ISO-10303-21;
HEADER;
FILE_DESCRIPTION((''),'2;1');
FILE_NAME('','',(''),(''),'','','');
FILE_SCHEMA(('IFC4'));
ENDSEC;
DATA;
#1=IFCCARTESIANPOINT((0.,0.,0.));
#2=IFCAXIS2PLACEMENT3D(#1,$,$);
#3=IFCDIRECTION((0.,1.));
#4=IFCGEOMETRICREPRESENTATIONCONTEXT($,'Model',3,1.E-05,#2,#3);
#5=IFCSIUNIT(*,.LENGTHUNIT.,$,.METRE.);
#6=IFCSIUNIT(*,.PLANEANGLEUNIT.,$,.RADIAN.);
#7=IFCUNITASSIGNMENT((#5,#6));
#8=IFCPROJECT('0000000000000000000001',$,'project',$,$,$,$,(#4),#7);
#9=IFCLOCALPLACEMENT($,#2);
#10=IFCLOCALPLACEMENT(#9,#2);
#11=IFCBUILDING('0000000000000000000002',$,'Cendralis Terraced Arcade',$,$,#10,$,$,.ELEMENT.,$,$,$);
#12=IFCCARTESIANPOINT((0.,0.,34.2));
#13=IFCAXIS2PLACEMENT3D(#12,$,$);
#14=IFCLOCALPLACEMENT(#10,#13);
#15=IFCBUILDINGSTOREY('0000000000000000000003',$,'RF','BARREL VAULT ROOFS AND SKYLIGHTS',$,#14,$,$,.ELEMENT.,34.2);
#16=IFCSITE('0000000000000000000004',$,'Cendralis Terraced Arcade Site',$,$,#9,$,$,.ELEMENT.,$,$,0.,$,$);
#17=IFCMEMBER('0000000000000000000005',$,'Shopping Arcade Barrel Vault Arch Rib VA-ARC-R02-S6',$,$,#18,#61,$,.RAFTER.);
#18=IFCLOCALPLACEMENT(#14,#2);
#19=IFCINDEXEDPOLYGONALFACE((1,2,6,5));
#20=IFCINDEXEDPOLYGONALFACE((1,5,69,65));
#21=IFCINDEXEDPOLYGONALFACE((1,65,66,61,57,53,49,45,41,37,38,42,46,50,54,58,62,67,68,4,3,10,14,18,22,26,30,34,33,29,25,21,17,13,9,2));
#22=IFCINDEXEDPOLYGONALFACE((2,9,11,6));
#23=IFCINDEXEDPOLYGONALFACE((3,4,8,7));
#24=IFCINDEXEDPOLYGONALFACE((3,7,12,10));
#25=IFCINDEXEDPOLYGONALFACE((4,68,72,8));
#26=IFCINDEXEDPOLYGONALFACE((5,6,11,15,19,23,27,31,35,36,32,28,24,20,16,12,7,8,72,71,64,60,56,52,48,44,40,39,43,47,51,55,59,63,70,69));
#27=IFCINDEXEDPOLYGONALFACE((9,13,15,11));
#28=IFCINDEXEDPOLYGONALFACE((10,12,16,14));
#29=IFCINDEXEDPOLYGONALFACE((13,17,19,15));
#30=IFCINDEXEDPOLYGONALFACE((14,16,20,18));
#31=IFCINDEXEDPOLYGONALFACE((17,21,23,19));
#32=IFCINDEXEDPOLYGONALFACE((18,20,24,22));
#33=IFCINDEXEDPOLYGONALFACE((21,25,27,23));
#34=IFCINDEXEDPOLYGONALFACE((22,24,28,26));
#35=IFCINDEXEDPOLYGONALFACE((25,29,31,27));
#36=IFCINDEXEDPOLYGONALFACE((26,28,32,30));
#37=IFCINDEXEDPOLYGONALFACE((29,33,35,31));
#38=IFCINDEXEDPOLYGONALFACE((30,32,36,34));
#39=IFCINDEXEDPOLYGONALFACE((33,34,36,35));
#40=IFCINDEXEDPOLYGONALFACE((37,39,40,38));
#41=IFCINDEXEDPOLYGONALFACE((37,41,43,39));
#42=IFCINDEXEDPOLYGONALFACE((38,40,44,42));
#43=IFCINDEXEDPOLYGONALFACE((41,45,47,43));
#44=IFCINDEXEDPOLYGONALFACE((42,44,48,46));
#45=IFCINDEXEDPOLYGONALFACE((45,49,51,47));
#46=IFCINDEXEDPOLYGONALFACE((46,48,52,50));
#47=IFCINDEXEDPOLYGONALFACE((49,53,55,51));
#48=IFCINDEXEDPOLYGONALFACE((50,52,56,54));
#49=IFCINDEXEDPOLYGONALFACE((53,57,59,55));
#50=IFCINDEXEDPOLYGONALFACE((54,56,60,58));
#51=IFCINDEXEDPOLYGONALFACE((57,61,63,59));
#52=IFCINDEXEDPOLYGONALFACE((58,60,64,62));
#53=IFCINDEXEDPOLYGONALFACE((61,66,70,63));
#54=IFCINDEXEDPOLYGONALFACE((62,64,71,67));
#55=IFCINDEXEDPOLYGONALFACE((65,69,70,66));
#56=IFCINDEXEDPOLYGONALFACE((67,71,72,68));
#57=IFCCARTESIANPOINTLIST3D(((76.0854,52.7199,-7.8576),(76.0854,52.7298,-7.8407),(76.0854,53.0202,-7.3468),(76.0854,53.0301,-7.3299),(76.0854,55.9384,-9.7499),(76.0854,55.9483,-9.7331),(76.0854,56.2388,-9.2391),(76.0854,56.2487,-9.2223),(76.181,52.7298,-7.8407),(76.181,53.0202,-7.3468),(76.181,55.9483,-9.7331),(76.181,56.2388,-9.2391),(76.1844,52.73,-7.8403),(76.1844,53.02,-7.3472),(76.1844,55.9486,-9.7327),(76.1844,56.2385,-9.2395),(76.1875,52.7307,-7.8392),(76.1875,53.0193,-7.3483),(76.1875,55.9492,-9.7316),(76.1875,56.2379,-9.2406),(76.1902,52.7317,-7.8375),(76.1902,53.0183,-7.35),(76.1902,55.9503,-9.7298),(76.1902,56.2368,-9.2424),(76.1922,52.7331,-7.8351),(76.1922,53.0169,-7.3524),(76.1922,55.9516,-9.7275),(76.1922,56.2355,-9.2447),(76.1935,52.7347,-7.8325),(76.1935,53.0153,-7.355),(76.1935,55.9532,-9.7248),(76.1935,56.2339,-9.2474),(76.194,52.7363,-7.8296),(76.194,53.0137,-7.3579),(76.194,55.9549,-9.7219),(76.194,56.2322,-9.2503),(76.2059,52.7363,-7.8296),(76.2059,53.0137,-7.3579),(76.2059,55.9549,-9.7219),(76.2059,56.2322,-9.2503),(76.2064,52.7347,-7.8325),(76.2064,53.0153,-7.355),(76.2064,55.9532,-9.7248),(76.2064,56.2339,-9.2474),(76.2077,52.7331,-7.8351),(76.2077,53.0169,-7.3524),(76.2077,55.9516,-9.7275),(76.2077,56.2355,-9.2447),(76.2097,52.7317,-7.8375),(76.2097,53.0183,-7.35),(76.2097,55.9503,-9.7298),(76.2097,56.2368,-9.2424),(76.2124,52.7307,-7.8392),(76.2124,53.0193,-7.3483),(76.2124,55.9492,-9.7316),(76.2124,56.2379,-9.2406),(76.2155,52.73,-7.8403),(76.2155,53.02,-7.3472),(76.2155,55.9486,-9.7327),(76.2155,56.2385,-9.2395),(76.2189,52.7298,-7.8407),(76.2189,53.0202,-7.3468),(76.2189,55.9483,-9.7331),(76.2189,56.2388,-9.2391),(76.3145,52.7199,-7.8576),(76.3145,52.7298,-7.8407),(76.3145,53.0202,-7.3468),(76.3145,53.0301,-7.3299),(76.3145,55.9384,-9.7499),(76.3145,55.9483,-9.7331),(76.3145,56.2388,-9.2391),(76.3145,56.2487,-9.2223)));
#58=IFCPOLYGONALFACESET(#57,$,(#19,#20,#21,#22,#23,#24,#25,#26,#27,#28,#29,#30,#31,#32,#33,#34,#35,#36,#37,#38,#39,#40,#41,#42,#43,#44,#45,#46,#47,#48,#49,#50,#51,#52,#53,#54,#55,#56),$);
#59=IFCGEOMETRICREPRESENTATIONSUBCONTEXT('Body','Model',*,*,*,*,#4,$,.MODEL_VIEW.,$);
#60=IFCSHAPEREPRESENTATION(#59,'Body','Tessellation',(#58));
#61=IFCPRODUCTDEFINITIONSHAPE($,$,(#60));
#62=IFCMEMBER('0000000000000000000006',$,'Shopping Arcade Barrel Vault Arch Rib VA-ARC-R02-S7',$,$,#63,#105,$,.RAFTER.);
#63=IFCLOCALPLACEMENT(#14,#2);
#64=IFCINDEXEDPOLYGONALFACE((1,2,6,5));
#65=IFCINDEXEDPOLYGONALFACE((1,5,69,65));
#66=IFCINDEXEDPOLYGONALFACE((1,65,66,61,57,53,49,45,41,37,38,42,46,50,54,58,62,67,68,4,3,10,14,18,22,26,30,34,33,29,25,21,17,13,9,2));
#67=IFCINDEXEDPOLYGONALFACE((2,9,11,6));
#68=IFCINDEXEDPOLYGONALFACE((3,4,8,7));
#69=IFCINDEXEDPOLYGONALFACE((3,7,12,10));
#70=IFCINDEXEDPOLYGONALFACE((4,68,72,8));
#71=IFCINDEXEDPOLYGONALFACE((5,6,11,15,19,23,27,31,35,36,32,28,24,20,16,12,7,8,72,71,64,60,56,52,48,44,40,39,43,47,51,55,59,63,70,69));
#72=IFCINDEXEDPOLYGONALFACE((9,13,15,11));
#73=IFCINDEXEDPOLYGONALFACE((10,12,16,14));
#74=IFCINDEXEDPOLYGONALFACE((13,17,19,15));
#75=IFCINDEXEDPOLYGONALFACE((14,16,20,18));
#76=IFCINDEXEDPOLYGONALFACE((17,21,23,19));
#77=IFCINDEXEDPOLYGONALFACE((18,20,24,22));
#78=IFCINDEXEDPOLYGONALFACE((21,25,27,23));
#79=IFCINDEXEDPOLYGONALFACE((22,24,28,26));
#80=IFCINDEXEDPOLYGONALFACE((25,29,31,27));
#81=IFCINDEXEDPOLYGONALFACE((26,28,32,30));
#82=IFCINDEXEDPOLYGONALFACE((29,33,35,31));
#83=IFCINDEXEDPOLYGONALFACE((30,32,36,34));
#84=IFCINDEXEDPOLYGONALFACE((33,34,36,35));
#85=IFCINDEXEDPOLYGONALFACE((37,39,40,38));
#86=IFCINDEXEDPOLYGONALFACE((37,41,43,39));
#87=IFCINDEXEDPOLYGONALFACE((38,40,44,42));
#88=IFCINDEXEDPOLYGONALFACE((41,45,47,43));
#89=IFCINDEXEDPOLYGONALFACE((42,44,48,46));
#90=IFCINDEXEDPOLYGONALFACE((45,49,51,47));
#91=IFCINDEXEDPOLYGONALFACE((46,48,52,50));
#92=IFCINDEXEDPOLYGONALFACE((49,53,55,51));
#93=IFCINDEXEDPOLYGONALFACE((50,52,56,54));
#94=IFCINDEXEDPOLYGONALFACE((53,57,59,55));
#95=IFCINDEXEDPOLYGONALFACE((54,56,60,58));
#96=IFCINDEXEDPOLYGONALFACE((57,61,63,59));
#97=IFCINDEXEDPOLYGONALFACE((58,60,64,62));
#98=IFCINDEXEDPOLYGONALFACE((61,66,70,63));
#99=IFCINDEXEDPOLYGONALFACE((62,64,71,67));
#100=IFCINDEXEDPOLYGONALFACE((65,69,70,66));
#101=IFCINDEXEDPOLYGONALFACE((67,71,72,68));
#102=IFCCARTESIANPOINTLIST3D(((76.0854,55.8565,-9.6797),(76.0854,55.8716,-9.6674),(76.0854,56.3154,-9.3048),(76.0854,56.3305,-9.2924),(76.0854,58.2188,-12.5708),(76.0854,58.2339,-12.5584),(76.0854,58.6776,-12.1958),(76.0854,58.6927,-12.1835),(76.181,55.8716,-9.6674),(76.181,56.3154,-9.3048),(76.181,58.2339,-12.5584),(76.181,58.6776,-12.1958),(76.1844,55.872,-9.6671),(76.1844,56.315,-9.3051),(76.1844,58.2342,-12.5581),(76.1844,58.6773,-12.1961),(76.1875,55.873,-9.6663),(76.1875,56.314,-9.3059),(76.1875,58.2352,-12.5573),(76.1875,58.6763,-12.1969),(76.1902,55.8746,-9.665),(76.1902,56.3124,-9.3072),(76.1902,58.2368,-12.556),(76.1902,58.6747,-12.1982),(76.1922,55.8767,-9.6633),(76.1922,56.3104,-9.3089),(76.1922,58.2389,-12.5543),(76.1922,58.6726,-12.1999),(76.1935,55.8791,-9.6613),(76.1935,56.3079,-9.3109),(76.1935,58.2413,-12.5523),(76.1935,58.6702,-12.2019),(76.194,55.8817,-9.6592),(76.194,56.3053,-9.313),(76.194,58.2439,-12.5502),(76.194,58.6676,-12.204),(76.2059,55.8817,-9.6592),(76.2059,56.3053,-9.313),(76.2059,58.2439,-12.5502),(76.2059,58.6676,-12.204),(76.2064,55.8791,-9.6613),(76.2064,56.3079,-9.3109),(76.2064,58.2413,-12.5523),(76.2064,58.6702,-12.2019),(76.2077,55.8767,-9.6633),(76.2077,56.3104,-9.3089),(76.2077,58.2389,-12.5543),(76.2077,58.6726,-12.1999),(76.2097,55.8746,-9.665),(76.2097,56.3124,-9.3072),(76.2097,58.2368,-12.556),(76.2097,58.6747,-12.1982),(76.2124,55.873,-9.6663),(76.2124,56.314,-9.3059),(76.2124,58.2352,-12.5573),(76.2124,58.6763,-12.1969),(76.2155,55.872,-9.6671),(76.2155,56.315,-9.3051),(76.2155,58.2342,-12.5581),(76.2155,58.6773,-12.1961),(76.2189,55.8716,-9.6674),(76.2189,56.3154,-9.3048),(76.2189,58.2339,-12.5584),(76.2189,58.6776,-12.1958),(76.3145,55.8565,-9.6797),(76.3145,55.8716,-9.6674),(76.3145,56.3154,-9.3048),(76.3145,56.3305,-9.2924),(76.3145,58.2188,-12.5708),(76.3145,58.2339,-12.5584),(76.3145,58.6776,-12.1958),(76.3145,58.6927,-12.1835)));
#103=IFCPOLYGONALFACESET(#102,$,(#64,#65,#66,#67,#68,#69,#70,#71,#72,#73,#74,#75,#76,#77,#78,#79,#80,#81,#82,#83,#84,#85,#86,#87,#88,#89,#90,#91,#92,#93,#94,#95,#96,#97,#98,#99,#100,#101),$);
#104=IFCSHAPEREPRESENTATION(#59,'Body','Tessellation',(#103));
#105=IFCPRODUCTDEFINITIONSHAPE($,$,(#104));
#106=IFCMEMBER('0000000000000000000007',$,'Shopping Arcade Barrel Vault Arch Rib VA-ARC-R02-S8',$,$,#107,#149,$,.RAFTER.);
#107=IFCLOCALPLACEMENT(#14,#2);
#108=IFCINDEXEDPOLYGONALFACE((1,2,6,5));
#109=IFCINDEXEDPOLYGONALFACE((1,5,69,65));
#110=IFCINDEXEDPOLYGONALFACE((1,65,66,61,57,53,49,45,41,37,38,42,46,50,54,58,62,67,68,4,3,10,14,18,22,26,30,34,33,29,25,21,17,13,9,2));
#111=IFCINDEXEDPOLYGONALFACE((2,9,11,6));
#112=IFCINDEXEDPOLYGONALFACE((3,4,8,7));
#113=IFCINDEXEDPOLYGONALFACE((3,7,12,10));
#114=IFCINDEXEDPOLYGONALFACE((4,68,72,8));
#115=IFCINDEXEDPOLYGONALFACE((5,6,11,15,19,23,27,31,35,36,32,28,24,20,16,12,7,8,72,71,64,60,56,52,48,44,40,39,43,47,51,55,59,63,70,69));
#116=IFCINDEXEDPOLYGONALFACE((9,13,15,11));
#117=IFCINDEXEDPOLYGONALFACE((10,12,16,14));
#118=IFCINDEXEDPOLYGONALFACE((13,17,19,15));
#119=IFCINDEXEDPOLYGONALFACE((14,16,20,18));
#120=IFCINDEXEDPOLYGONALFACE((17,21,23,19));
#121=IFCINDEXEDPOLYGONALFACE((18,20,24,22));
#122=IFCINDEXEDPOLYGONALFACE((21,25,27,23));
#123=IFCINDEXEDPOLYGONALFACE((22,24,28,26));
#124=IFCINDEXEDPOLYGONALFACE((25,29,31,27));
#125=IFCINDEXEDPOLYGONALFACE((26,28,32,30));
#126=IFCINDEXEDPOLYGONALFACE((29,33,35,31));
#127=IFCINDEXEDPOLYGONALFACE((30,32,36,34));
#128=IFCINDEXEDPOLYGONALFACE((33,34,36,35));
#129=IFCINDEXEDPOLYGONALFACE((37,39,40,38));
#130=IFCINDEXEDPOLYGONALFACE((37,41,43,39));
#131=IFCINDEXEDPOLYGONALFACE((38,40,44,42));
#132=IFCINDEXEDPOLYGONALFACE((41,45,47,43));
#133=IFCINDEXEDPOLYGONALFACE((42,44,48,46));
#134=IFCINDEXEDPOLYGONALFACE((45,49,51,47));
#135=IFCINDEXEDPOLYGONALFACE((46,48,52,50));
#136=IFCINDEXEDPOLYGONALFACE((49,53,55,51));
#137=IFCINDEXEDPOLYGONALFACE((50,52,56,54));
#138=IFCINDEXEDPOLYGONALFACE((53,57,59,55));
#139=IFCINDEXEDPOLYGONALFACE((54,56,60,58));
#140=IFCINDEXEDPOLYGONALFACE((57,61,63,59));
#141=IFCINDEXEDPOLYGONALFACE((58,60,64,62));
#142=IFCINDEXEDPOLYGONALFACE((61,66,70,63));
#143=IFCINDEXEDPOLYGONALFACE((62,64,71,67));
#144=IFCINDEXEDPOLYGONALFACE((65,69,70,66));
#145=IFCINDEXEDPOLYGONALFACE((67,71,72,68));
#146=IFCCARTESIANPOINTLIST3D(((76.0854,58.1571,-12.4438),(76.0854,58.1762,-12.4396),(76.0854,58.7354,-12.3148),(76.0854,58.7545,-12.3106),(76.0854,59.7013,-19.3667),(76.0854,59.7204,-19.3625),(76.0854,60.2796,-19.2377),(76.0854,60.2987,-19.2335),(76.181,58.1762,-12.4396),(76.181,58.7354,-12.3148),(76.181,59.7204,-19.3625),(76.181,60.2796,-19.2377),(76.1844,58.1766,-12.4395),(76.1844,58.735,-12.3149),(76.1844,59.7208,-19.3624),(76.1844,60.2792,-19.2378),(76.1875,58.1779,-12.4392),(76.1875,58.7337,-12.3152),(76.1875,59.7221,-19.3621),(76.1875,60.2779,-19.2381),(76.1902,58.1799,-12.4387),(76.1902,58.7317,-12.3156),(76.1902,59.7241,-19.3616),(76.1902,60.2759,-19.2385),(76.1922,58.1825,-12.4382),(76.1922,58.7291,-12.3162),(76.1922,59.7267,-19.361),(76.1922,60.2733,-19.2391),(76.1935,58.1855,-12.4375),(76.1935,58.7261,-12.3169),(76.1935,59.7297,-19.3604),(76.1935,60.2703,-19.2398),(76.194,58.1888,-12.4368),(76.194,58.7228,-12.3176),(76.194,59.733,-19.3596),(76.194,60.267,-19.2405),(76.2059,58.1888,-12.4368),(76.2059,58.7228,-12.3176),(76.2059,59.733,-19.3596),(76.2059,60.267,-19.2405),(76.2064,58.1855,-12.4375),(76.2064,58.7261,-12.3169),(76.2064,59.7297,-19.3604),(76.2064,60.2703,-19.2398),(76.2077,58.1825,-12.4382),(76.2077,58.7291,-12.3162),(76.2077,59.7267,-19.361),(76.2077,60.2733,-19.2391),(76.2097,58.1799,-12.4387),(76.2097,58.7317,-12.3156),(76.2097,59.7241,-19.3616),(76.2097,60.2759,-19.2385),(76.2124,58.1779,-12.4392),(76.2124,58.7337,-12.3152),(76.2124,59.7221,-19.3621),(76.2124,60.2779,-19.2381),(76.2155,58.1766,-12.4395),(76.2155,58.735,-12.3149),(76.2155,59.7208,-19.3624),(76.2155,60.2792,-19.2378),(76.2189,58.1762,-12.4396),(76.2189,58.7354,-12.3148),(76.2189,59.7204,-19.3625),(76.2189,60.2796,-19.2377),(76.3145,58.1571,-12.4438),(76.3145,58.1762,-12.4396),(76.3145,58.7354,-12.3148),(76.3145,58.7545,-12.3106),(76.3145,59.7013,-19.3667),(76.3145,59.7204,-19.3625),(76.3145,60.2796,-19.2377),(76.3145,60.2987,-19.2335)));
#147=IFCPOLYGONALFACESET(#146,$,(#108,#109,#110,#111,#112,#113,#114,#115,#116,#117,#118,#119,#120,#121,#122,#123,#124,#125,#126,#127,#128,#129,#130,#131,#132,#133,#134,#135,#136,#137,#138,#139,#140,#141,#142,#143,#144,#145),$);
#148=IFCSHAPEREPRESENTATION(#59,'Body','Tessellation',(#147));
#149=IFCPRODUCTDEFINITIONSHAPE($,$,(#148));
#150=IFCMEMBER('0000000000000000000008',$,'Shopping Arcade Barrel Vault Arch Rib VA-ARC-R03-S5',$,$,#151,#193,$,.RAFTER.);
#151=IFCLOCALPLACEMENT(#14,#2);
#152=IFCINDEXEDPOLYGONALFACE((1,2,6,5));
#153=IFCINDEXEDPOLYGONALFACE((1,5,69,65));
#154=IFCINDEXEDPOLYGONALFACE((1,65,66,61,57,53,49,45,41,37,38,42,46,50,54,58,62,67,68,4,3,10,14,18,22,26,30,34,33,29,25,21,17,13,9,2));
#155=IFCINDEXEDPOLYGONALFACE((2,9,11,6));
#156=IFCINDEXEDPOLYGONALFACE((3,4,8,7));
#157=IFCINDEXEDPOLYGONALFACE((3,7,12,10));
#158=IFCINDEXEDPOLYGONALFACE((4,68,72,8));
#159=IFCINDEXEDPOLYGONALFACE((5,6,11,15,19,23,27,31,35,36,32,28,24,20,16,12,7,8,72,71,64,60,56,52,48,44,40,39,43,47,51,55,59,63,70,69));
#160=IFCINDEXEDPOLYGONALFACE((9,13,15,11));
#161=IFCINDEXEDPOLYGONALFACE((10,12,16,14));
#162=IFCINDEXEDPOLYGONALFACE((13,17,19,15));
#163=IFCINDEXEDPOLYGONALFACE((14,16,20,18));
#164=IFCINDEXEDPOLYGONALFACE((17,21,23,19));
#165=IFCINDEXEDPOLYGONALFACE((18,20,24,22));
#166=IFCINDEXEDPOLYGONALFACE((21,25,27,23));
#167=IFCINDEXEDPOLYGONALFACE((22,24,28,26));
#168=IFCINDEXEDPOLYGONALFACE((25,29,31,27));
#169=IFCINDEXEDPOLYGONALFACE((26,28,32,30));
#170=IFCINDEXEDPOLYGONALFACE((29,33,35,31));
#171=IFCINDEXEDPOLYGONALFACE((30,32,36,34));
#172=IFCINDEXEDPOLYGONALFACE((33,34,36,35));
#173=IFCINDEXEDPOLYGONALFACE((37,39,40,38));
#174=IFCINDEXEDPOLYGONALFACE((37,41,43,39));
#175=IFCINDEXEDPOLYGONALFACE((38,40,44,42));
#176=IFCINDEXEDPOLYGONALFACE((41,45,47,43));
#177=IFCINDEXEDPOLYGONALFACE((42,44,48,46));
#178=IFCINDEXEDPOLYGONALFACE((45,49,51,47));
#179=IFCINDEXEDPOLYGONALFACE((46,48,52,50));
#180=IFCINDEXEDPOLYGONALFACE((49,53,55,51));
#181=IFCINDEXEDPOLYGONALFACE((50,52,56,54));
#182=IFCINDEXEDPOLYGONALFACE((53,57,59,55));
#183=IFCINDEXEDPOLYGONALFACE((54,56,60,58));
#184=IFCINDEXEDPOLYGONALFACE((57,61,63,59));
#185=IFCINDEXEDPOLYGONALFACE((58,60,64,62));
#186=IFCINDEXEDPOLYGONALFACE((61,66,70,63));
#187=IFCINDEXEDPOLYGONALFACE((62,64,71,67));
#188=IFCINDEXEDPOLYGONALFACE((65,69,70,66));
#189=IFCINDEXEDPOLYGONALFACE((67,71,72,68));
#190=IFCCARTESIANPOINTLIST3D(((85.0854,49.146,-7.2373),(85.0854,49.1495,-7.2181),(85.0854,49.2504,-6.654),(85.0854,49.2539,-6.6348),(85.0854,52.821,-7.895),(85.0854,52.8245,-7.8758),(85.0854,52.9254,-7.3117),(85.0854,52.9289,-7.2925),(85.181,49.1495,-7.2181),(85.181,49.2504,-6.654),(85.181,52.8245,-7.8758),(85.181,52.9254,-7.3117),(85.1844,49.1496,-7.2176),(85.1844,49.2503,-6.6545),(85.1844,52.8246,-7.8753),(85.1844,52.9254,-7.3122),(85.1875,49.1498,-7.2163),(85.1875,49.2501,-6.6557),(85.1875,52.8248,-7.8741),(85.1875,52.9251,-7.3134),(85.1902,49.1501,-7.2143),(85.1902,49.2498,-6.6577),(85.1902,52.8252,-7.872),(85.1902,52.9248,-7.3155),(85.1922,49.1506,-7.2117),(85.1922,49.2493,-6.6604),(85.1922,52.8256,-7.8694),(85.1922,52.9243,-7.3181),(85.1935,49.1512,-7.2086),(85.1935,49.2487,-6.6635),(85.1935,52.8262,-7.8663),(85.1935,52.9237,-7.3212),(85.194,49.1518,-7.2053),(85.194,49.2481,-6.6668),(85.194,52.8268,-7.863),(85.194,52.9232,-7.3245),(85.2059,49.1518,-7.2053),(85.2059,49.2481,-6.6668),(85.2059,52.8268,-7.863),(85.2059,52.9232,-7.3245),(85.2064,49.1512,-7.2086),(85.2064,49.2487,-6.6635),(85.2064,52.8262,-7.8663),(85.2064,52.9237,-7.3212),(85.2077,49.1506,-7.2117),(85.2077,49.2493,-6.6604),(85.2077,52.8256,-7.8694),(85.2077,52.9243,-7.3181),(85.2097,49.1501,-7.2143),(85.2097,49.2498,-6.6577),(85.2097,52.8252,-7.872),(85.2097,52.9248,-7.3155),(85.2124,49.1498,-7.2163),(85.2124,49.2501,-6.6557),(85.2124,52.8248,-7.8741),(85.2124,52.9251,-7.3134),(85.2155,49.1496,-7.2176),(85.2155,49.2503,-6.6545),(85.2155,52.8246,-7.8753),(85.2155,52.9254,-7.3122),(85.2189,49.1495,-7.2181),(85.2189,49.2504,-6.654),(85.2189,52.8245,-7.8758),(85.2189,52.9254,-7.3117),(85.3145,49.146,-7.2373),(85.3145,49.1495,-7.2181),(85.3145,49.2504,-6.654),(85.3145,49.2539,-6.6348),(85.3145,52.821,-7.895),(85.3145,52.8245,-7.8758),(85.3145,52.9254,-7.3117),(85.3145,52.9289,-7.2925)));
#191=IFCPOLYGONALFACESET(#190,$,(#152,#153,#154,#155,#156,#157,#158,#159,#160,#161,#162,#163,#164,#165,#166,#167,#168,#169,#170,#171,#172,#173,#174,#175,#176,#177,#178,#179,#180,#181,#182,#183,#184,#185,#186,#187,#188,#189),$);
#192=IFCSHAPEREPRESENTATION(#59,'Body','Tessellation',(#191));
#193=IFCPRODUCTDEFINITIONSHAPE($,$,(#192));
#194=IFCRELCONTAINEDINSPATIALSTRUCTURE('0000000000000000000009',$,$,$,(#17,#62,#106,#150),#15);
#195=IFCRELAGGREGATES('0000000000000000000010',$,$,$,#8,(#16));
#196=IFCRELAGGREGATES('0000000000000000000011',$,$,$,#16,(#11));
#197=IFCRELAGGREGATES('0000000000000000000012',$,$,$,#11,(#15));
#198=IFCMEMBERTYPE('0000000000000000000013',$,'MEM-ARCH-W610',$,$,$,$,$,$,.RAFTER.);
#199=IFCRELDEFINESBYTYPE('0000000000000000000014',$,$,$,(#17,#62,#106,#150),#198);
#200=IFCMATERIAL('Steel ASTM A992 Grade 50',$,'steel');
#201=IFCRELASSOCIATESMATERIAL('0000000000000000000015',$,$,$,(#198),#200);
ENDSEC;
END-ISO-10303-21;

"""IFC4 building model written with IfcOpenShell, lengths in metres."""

from ifc_helpers import new_model, si_unit, direction, frame, origin, origin_2d, place, context, subcontext, project, spatial, i_section, extrude, material, material_profile, profile_set, type_object, element, save


model = new_model("IFC4")

# Units and contexts
model_context = context("Model", 3, precision=1e-05, world=origin(), true_north=direction((0.0, 1.0)))
body_context = subcontext(model_context, "Body", "Model", "MODEL_VIEW")
ifc_project = project(units=[si_unit("LENGTHUNIT", "METRE"), si_unit("PLANEANGLEUNIT", "RADIAN")], contexts=[model_context])

# Site, building, storey
site_placement = place(None, origin())
site = spatial("IfcSite", under=ifc_project, at=site_placement, Name="Cendralis Terraced Arcade Site", CompositionType="ELEMENT", RefElevation=0.0)
building_placement = place(site_placement, origin())
building = spatial("IfcBuilding", under=site, at=building_placement, Name="Cendralis Terraced Arcade", CompositionType="ELEMENT")
storey_placement = place(building_placement, frame((0.0, 0.0, 34.2)))
storey = spatial("IfcBuildingStorey", under=building, at=storey_placement, Name="RF", Description="BARREL VAULT ROOFS AND SKYLIGHTS", CompositionType="ELEMENT", Elevation=34.2)

# Members
ifc_material_1 = material(Name="Steel ASTM A992 Grade 50", Category="steel")
ifc_material_profile_1 = material_profile(ifc_material_1, i_section(OverallWidth=0.229, OverallDepth=0.6121, WebThickness=0.012, FlangeThickness=0.0195, FilletRadius=0.0129, at=origin_2d()), Name="W610X125", Category="LoadBearing")
ifc_profile_set_1 = profile_set([ifc_material_profile_1], Name="Steel ASTM A992 Grade 50")
member_type_1 = type_object("IfcMemberType", Name="MEM-ARCH-W610", PredefinedType="RAFTER", material=ifc_profile_set_1)
member_1_placement = place(storey_placement, frame((76.2, 52.875, -7.5938), z_axis=(0.0, 0.86204, -0.50684), x_axis=(-1.0, 0.0, 0.0)))
element("IfcMember", 1, at=member_1_placement, inside=storey, type_object=member_type_1, Name="Shopping Arcade Barrel Vault Arch Rib VA-ARC-R02-S6", PredefinedType="RAFTER", context=body_context, shape_type="SweptSolid", body=[
    extrude(i_section(OverallWidth=0.229, OverallDepth=0.6121, WebThickness=0.012, FlangeThickness=0.0195, FilletRadius=0.0129, at=origin_2d()), origin(), (0.0, 0.0, 1.0), 3.7336),
])
member_2_placement = place(storey_placement, frame((76.2, 56.0935, -9.4861), z_axis=(0.0, 0.632732, -0.774371), x_axis=(-1.0, 0.0, 0.0)))
element("IfcMember", 2, at=member_2_placement, inside=storey, type_object=member_type_1, Name="Shopping Arcade Barrel Vault Arch Rib VA-ARC-R02-S7", PredefinedType="RAFTER", context=body_context, shape_type="SweptSolid", body=[
    extrude(i_section(OverallWidth=0.229, OverallDepth=0.6121, WebThickness=0.012, FlangeThickness=0.0195, FilletRadius=0.0129, at=origin_2d()), origin(), (0.0, 0.0, 1.0), 3.7334),
])
member_3_placement = place(storey_placement, frame((76.2, 58.4558, -12.3772), z_axis=(0.0, 0.217707, -0.976014), x_axis=(-1.0, 0.0, 0.0)))
element("IfcMember", 3, at=member_3_placement, inside=storey, type_object=member_type_1, Name="Shopping Arcade Barrel Vault Arch Rib VA-ARC-R02-S8", PredefinedType="RAFTER", context=body_context, shape_type="SweptSolid", body=[
    extrude(i_section(OverallWidth=0.229, OverallDepth=0.6121, WebThickness=0.012, FlangeThickness=0.0195, FilletRadius=0.0129, at=origin_2d()), origin(), (0.0, 0.0, 1.0), 7.093),
])
member_4_placement = place(storey_placement, frame((85.2, 49.2, -6.936), z_axis=(0.0, 0.98436, -0.176169), x_axis=(-1.0, 0.0, 0.0)))
element("IfcMember", 4, at=member_4_placement, inside=storey, type_object=member_type_1, Name="Shopping Arcade Barrel Vault Arch Rib VA-ARC-R03-S5", PredefinedType="RAFTER", context=body_context, shape_type="SweptSolid", body=[
    extrude(i_section(OverallWidth=0.229, OverallDepth=0.6121, WebThickness=0.012, FlangeThickness=0.0195, FilletRadius=0.0129, at=origin_2d()), origin(), (0.0, 0.0, 1.0), 3.7334),
])

save(model, "model.ifc")
